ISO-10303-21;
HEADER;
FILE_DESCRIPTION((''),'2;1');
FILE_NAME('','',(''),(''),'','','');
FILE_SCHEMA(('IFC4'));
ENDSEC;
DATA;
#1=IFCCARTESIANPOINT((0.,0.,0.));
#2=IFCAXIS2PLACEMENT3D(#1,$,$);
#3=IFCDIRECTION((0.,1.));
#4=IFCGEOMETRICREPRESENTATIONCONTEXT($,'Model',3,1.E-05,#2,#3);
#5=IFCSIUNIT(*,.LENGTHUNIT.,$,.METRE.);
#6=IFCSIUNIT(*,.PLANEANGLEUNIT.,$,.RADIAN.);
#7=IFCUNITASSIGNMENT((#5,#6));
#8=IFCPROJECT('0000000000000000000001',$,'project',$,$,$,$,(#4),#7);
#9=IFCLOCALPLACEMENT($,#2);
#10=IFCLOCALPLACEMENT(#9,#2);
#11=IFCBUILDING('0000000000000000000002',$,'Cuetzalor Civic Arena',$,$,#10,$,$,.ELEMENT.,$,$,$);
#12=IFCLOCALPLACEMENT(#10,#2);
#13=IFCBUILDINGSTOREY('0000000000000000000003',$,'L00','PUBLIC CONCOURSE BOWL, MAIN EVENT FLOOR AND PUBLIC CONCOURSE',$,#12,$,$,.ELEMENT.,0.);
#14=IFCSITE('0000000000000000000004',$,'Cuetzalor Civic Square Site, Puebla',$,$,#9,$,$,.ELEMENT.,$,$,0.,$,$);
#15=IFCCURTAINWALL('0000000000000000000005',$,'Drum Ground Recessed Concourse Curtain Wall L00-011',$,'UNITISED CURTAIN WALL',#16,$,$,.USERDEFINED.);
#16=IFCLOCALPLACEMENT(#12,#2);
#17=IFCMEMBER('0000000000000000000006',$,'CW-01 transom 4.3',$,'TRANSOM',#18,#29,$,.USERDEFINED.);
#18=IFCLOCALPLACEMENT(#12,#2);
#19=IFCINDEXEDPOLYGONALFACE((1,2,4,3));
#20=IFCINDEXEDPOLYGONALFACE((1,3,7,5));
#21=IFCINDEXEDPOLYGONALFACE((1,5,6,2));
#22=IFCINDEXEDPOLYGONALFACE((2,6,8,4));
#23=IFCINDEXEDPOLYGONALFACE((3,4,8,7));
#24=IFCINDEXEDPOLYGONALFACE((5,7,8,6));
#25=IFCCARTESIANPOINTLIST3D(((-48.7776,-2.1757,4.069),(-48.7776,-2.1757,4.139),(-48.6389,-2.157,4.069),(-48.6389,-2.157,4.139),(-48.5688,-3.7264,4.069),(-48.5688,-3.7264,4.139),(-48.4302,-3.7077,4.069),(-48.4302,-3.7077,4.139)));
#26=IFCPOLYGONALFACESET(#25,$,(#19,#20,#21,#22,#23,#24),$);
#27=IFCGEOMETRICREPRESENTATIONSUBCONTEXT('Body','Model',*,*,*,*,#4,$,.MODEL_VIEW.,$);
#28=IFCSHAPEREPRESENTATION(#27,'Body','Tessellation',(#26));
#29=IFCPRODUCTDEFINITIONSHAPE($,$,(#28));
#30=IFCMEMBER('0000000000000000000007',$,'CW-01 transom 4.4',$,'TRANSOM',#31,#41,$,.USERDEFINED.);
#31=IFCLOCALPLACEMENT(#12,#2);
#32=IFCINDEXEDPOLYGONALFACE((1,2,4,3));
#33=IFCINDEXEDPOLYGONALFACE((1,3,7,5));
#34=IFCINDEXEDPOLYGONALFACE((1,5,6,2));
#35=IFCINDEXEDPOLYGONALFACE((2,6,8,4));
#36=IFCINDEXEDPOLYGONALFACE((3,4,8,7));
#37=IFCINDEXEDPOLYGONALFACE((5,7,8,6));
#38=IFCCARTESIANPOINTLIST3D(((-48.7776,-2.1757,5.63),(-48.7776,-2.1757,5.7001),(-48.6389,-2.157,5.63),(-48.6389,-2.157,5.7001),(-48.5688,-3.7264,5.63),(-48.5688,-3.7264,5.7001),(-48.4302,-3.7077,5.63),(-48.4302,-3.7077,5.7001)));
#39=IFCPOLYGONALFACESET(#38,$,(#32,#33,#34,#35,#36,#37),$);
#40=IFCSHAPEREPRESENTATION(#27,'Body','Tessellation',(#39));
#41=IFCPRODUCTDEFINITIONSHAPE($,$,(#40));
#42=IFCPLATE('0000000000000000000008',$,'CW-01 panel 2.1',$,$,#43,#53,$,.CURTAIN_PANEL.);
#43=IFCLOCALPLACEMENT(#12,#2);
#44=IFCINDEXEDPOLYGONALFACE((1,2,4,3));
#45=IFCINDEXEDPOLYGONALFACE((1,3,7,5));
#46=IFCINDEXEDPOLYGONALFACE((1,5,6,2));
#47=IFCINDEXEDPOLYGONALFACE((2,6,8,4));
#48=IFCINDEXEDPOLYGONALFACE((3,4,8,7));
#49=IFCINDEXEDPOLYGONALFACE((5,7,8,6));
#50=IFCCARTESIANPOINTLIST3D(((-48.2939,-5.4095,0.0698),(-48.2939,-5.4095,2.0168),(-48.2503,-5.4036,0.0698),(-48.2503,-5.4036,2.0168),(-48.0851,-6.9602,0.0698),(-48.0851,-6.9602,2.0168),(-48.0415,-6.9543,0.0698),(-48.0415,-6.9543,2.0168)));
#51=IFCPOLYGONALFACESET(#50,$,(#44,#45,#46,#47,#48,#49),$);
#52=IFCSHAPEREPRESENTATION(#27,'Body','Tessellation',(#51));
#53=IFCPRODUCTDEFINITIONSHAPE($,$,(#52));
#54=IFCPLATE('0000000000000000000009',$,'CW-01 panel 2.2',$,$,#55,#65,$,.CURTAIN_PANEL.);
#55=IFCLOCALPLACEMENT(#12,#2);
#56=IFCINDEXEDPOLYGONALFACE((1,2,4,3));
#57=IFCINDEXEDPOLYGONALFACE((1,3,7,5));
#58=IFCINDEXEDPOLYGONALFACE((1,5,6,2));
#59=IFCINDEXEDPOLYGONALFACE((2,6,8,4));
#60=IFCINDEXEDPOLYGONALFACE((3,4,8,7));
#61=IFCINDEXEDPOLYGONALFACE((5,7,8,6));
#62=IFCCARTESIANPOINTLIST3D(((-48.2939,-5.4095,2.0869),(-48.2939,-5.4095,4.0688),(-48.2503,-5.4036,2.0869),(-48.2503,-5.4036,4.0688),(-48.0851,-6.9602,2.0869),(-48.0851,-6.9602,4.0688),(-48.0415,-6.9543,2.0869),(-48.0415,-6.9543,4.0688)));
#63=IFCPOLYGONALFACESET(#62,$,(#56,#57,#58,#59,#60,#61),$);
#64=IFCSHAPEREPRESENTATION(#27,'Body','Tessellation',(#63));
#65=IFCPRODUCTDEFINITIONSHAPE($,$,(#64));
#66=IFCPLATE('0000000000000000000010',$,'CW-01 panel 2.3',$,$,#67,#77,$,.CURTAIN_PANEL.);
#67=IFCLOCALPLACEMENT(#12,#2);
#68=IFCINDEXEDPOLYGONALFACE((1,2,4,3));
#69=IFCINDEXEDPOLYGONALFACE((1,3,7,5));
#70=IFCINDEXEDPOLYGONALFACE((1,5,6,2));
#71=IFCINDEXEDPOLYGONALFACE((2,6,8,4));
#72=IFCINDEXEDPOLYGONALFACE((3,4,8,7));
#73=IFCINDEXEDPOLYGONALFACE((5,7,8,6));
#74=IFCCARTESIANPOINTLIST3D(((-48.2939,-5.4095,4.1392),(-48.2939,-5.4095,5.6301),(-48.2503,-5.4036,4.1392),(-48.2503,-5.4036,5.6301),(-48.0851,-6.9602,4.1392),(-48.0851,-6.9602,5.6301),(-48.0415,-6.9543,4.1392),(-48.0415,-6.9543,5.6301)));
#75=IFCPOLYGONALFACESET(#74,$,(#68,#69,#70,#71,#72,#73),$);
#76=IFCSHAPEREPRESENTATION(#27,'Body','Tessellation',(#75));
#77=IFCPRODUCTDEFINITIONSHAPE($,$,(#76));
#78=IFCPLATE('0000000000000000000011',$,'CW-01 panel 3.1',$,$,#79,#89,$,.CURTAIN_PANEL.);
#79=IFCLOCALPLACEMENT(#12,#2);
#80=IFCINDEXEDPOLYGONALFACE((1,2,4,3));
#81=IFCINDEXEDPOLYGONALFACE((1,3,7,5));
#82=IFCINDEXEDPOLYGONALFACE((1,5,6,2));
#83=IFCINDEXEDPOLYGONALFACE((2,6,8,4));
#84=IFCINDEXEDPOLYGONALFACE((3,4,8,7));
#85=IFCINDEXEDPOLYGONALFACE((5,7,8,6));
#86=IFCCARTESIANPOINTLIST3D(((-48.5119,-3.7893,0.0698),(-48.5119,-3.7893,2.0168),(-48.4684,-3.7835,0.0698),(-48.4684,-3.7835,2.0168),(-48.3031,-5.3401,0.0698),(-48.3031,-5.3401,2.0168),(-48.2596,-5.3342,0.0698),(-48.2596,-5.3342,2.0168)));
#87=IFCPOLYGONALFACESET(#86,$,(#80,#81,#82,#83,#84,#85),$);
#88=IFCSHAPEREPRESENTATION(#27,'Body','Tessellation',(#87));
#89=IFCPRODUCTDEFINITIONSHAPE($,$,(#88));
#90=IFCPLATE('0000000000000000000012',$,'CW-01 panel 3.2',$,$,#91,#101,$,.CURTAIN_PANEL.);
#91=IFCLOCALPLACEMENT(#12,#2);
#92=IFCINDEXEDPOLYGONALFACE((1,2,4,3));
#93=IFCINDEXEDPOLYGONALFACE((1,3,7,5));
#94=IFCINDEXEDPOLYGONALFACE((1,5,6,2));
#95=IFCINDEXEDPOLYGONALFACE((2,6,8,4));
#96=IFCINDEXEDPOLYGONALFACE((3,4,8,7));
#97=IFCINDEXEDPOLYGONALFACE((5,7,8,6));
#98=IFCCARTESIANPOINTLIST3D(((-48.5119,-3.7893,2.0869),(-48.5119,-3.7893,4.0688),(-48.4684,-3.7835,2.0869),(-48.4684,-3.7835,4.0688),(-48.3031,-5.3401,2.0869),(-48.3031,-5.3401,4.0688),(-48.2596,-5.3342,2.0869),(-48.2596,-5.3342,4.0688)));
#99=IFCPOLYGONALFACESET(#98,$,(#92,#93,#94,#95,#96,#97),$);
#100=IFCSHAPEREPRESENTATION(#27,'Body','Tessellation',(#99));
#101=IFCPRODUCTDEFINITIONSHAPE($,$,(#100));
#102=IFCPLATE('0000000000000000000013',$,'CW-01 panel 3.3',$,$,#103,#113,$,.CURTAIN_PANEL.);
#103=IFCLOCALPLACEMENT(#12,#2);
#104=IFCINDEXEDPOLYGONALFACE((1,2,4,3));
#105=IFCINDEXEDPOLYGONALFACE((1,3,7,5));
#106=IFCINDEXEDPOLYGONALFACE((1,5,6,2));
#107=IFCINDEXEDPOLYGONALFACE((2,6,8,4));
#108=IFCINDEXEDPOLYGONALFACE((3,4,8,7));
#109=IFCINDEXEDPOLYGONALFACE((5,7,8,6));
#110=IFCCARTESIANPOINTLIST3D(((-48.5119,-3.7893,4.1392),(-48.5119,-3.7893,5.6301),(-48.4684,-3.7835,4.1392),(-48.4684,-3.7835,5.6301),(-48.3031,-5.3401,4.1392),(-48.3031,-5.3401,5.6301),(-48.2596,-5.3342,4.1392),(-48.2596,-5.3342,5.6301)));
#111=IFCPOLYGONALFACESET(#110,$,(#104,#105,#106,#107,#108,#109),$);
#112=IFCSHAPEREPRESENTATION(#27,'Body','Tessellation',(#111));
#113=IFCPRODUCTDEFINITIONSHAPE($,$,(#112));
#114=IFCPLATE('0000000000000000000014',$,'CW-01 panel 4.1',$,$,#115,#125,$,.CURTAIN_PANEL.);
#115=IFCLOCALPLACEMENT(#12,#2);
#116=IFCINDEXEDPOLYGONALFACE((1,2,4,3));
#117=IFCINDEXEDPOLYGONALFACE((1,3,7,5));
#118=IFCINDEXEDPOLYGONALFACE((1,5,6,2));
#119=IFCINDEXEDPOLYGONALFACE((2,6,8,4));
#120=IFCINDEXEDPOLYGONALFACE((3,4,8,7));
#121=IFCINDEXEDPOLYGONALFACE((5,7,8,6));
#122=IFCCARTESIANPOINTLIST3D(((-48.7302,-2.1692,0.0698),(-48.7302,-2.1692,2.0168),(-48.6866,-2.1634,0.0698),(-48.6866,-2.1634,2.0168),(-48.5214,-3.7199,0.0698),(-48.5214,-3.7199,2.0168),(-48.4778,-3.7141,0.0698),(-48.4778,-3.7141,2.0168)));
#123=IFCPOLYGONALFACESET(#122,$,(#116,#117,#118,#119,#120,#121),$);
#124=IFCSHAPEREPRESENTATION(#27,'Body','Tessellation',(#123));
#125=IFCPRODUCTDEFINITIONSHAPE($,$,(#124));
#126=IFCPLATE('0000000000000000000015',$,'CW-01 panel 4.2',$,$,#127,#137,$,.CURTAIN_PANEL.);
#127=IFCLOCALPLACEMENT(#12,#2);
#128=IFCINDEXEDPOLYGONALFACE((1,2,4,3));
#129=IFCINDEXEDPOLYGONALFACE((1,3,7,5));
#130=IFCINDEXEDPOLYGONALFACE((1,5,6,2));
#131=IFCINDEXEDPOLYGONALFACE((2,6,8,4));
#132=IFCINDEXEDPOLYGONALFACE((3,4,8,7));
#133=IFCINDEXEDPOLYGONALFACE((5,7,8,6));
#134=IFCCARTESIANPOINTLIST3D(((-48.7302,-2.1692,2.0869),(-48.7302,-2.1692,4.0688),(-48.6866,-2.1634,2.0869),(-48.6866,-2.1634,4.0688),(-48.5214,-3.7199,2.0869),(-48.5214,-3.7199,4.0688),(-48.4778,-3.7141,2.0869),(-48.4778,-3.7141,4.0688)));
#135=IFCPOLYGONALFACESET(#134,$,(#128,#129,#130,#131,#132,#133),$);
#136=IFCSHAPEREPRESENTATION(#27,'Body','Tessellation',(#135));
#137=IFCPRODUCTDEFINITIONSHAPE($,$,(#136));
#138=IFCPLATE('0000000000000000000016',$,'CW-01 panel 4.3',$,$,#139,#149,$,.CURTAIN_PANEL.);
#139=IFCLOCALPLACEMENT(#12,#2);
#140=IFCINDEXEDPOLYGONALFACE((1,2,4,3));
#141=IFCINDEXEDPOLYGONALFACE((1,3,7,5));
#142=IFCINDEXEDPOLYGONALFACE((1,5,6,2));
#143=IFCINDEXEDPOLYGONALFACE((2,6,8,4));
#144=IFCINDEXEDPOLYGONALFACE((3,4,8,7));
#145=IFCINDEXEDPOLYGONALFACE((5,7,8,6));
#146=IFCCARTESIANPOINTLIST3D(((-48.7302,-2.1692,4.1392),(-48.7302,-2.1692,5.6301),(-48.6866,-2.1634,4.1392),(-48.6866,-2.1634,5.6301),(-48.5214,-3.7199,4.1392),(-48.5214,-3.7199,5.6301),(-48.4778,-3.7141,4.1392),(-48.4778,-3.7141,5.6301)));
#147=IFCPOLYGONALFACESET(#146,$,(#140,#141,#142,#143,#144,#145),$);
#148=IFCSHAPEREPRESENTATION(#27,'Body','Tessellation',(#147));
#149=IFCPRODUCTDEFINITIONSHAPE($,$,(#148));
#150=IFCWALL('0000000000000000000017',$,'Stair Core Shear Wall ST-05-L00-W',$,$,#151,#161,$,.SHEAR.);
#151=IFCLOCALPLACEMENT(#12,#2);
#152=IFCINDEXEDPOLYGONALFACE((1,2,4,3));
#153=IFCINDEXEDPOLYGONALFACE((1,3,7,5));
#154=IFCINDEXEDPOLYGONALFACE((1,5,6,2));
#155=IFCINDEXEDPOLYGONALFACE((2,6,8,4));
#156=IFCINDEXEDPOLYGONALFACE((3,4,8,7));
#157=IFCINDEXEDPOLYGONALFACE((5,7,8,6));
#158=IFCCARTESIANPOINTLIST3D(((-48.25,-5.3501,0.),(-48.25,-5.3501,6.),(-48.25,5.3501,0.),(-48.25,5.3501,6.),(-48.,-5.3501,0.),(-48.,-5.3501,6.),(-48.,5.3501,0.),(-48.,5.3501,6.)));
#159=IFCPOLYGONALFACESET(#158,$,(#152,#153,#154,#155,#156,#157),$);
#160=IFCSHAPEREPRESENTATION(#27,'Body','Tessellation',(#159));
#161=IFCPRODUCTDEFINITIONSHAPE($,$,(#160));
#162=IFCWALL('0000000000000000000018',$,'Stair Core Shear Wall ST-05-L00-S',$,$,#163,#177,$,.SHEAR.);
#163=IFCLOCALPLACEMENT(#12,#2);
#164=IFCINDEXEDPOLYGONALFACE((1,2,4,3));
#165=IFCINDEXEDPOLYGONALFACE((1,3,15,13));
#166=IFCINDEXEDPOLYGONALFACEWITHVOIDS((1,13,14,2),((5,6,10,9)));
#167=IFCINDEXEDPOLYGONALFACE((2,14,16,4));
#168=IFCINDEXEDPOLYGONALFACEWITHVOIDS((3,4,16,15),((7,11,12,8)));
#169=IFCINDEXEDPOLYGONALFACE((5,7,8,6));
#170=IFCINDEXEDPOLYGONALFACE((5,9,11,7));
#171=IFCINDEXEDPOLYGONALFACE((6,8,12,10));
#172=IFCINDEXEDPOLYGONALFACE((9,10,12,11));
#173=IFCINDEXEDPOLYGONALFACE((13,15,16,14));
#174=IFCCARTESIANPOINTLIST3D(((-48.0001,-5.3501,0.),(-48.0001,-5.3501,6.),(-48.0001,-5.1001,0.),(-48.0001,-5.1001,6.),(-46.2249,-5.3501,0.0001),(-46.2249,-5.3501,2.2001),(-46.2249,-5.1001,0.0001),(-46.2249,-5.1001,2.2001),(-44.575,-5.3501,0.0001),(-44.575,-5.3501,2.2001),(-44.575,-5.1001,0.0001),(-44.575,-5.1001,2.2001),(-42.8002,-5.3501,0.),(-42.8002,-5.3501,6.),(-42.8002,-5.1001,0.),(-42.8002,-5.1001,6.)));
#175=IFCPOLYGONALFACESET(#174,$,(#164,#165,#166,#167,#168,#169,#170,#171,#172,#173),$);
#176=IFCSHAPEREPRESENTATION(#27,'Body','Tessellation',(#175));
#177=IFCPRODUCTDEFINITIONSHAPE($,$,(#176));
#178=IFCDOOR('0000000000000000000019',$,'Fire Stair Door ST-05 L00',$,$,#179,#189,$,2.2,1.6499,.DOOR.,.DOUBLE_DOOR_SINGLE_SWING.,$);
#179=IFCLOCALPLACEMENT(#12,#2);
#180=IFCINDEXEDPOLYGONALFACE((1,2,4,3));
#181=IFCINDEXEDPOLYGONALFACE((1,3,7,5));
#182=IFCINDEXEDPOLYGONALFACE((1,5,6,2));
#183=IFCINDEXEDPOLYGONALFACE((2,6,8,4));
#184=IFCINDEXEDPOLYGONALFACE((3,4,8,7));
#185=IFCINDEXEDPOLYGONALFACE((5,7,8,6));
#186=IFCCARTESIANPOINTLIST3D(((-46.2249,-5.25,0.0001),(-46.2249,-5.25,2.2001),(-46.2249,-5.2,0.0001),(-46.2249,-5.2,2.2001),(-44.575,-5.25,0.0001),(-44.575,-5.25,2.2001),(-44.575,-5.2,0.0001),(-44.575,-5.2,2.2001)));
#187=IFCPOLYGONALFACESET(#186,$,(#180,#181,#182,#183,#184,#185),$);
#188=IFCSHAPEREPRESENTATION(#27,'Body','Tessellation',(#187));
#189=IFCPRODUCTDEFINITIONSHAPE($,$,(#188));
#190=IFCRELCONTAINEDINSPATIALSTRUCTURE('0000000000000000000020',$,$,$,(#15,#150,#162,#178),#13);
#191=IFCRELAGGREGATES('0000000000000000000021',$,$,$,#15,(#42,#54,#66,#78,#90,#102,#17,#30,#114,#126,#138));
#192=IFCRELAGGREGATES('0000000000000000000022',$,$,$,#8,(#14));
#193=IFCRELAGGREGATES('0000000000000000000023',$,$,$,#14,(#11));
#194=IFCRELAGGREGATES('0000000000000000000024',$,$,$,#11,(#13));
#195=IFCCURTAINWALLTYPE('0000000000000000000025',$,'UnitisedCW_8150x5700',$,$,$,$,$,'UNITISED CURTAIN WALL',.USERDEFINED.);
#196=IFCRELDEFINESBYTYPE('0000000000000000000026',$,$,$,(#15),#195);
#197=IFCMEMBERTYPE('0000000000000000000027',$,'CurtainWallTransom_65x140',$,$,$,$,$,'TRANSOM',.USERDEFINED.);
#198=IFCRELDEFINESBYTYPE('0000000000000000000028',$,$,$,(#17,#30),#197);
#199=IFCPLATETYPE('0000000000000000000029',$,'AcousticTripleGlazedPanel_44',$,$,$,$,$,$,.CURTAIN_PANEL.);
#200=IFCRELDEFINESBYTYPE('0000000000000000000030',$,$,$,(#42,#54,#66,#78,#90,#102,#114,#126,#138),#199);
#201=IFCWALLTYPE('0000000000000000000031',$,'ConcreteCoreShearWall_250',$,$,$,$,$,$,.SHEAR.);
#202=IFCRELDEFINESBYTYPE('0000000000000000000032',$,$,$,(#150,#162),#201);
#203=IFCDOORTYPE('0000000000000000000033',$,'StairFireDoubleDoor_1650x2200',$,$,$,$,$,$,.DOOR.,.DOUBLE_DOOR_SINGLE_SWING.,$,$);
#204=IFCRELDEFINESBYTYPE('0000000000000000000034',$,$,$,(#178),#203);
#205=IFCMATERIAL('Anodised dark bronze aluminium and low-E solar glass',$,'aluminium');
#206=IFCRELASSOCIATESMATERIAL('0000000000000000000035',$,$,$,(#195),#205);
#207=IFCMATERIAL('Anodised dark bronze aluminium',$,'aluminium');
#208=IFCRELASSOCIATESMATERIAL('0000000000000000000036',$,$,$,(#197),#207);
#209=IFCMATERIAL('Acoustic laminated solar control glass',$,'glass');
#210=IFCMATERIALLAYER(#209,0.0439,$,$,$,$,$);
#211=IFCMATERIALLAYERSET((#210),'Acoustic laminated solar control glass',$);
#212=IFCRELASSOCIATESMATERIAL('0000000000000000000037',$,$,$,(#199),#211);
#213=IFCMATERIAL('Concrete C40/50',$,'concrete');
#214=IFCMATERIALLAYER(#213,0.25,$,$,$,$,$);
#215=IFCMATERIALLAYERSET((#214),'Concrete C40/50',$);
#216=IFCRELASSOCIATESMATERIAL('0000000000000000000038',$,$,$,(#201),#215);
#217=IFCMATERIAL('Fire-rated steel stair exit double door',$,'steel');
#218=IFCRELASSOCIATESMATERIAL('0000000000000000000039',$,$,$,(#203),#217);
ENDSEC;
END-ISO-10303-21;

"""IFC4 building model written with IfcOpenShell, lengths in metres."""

from ifc_helpers import new_model, si_unit, direction, frame, frame_2d, origin, origin_2d, place, context, subcontext, project, spatial, rectangle, extrude, material, layer, layer_set, material_profile, profile_set, type_object, element, fill, aggregate, save


model = new_model("IFC4")

# Units and contexts
model_context = context("Model", 3, precision=1e-05, world=origin(), true_north=direction((0.0, 1.0)))
body_context = subcontext(model_context, "Body", "Model", "MODEL_VIEW")
ifc_project = project(units=[si_unit("LENGTHUNIT", "METRE"), si_unit("PLANEANGLEUNIT", "RADIAN")], contexts=[model_context])

# Site, building, storey
site_placement = place(None, origin())
site = spatial("IfcSite", under=ifc_project, at=site_placement, Name="Cuetzalor Civic Square Site, Puebla", CompositionType="ELEMENT", RefElevation=0.0)
building_placement = place(site_placement, origin())
building = spatial("IfcBuilding", under=site, at=building_placement, Name="Cuetzalor Civic Arena", CompositionType="ELEMENT")
storey_placement = place(building_placement, origin())
storey = spatial("IfcBuildingStorey", under=building, at=storey_placement, Name="L00", Description="PUBLIC CONCOURSE BOWL, MAIN EVENT FLOOR AND PUBLIC CONCOURSE", CompositionType="ELEMENT", Elevation=0.0)

# Curtain wall, members, plates
ifc_material_1 = material(Name="Anodised dark bronze aluminium and low-E solar glass", Category="aluminium")
curtain_wall_type = type_object("IfcCurtainWallType", Name="UnitisedCW_8150x5700", ElementType="UNITISED CURTAIN WALL", PredefinedType="USERDEFINED", material=ifc_material_1)
curtain_wall_placement = place(storey_placement, origin())
curtain_wall = element("IfcCurtainWall", 1, at=curtain_wall_placement, inside=storey, type_object=curtain_wall_type, Name="Drum Ground Recessed Concourse Curtain Wall L00-011", ObjectType="UNITISED CURTAIN WALL", PredefinedType="USERDEFINED")
ifc_material_2 = material(Name="Anodised dark bronze aluminium", Category="aluminium")
ifc_material_profile_1 = material_profile(ifc_material_2, rectangle(XDim=0.1399, YDim=0.0701, at=origin_2d()), Name="ALU TRANSOM 70x140")
ifc_profile_set_1 = profile_set([ifc_material_profile_1], Name="Anodised dark bronze aluminium")
member_type_1 = type_object("IfcMemberType", Name="CurtainWallTransom_65x140", ElementType="TRANSOM", PredefinedType="USERDEFINED", material=ifc_profile_set_1)
member_1_placement = place(storey_placement, frame((-48.4995, -3.717, 4.104), z_axis=(-0.1334, 0.991062, 0.0), x_axis=(-0.991062, -0.1334, 0.0)))
member_1 = element("IfcMember", 2, at=member_1_placement, type_object=member_type_1, Name="CW-01 transom 4.3", ObjectType="TRANSOM", PredefinedType="USERDEFINED", context=body_context, shape_type="SweptSolid", body=[
    extrude(rectangle(XDim=0.1399, YDim=0.0701, at=origin_2d()), origin(), (0.0, 0.0, 1.0), 1.5647),
])
member_2_placement = place(storey_placement, frame((-48.4995, -3.717, 5.665), z_axis=(-0.1334, 0.991062, 0.0), x_axis=(-0.991062, -0.1334, 0.0)))
member_2 = element("IfcMember", 3, at=member_2_placement, type_object=member_type_1, Name="CW-01 transom 4.4", ObjectType="TRANSOM", PredefinedType="USERDEFINED", context=body_context, shape_type="SweptSolid", body=[
    extrude(rectangle(XDim=0.1399, YDim=0.0701, at=origin_2d()), origin(), (0.0, 0.0, 1.0), 1.5647),
])
ifc_material_3 = material(Name="Acoustic laminated solar control glass", Category="glass")
ifc_layer_1 = layer(ifc_material_3, 0.0439)
ifc_layer_set_1 = layer_set([ifc_layer_1], Name="Acoustic laminated solar control glass")
plate_type = type_object("IfcPlateType", Name="AcousticTripleGlazedPanel_44", PredefinedType="CURTAIN_PANEL", material=ifc_layer_set_1)
plate_1_placement = place(storey_placement, frame((-48.1677, -6.1819, 0.0698), z_axis=(0.0, 0.0, 1.0), x_axis=(-0.133443, 0.991056, 0.0)))
plate_1 = element("IfcPlate", 4, at=plate_1_placement, type_object=plate_type, Name="CW-01 panel 2.1", PredefinedType="CURTAIN_PANEL", context=body_context, shape_type="SweptSolid", body=[
    extrude(rectangle(XDim=1.5647, YDim=0.0439, at=origin_2d()), origin(), (0.0, 0.0, 1.0), 1.947),
])
plate_2_placement = place(storey_placement, frame((-48.1677, -6.1819, 2.0869), z_axis=(0.0, 0.0, 1.0), x_axis=(-0.133443, 0.991056, 0.0)))
plate_2 = element("IfcPlate", 5, at=plate_2_placement, type_object=plate_type, Name="CW-01 panel 2.2", PredefinedType="CURTAIN_PANEL", context=body_context, shape_type="SweptSolid", body=[
    extrude(rectangle(XDim=1.5647, YDim=0.0439, at=origin_2d()), origin(), (0.0, 0.0, 1.0), 1.9819),
])
plate_3_placement = place(storey_placement, frame((-48.1677, -6.1819, 4.1392), z_axis=(0.0, 0.0, 1.0), x_axis=(-0.133443, 0.991056, 0.0)))
plate_3 = element("IfcPlate", 6, at=plate_3_placement, type_object=plate_type, Name="CW-01 panel 2.3", PredefinedType="CURTAIN_PANEL", context=body_context, shape_type="SweptSolid", body=[
    extrude(rectangle(XDim=1.5647, YDim=0.0439, at=origin_2d()), origin(), (0.0, 0.0, 1.0), 1.491),
])
plate_4_placement = place(storey_placement, frame((-48.3857, -4.5618, 0.0698), z_axis=(0.0, 0.0, 1.0), x_axis=(-0.133443, 0.991056, 0.0)))
plate_4 = element("IfcPlate", 7, at=plate_4_placement, type_object=plate_type, Name="CW-01 panel 3.1", PredefinedType="CURTAIN_PANEL", context=body_context, shape_type="SweptSolid", body=[
    extrude(rectangle(XDim=1.5647, YDim=0.0439, at=origin_2d()), origin(), (0.0, 0.0, 1.0), 1.947),
])
plate_5_placement = place(storey_placement, frame((-48.3857, -4.5618, 2.0869), z_axis=(0.0, 0.0, 1.0), x_axis=(-0.133443, 0.991056, 0.0)))
plate_5 = element("IfcPlate", 8, at=plate_5_placement, type_object=plate_type, Name="CW-01 panel 3.2", PredefinedType="CURTAIN_PANEL", context=body_context, shape_type="SweptSolid", body=[
    extrude(rectangle(XDim=1.5647, YDim=0.0439, at=origin_2d()), origin(), (0.0, 0.0, 1.0), 1.9819),
])
plate_6_placement = place(storey_placement, frame((-48.3857, -4.5618, 4.1392), z_axis=(0.0, 0.0, 1.0), x_axis=(-0.133443, 0.991056, 0.0)))
plate_6 = element("IfcPlate", 9, at=plate_6_placement, type_object=plate_type, Name="CW-01 panel 3.3", PredefinedType="CURTAIN_PANEL", context=body_context, shape_type="SweptSolid", body=[
    extrude(rectangle(XDim=1.5647, YDim=0.0439, at=origin_2d()), origin(), (0.0, 0.0, 1.0), 1.491),
])
plate_7_placement = place(storey_placement, frame((-48.604, -2.9417, 0.0698), z_axis=(0.0, 0.0, 1.0), x_axis=(-0.133443, 0.991056, 0.0)))
plate_7 = element("IfcPlate", 10, at=plate_7_placement, type_object=plate_type, Name="CW-01 panel 4.1", PredefinedType="CURTAIN_PANEL", context=body_context, shape_type="SweptSolid", body=[
    extrude(rectangle(XDim=1.5647, YDim=0.0439, at=origin_2d()), origin(), (0.0, 0.0, 1.0), 1.947),
])
plate_8_placement = place(storey_placement, frame((-48.604, -2.9417, 2.0869), z_axis=(0.0, 0.0, 1.0), x_axis=(-0.133443, 0.991056, 0.0)))
plate_8 = element("IfcPlate", 11, at=plate_8_placement, type_object=plate_type, Name="CW-01 panel 4.2", PredefinedType="CURTAIN_PANEL", context=body_context, shape_type="SweptSolid", body=[
    extrude(rectangle(XDim=1.5647, YDim=0.0439, at=origin_2d()), origin(), (0.0, 0.0, 1.0), 1.9819),
])
plate_9_placement = place(storey_placement, frame((-48.604, -2.9417, 4.1392), z_axis=(0.0, 0.0, 1.0), x_axis=(-0.133443, 0.991056, 0.0)))
plate_9 = element("IfcPlate", 12, at=plate_9_placement, type_object=plate_type, Name="CW-01 panel 4.3", PredefinedType="CURTAIN_PANEL", context=body_context, shape_type="SweptSolid", body=[
    extrude(rectangle(XDim=1.5647, YDim=0.0439, at=origin_2d()), origin(), (0.0, 0.0, 1.0), 1.491),
])
aggregate(curtain_wall, [plate_1, plate_2, plate_3, plate_4, plate_5, plate_6, member_1, member_2, plate_7, plate_8, plate_9])

# Wall
ifc_material_4 = material(Name="Concrete C40/50", Category="concrete")
ifc_layer_2 = layer(ifc_material_4, 0.25)
ifc_layer_set_2 = layer_set([ifc_layer_2], Name="Concrete C40/50")
wall_type = type_object("IfcWallType", Name="ConcreteCoreShearWall_250", PredefinedType="SHEAR", material=ifc_layer_set_2)
wall_1_placement = place(storey_placement, frame((-48.125, -5.3501, 0.0), z_axis=(0.0, 0.0, 1.0), x_axis=(0.0, 1.0, 0.0)))
element("IfcWall", 13, at=wall_1_placement, inside=storey, type_object=wall_type, Name="Stair Core Shear Wall ST-05-L00-W", PredefinedType="SHEAR", context=body_context, shape_type="SweptSolid", body=[
    extrude(rectangle(XDim=10.7002, YDim=0.25, at=frame_2d((5.3501, 0.0))), origin(), (0.0, 0.0, 1.0), 6.0),
])

# Wall, opening, door
wall_2_placement = place(storey_placement, frame((-42.8, -5.2251, 0.0), z_axis=(0.0, 0.0, 1.0), x_axis=(-1.0, 0.0, 0.0)))
wall_2 = element("IfcWall", 14, at=wall_2_placement, inside=storey, type_object=wall_type, Name="Stair Core Shear Wall ST-05-L00-S", PredefinedType="SHEAR", context=body_context, shape_type="SweptSolid", body=[
    extrude(rectangle(XDim=5.2, YDim=0.25, at=frame_2d((2.6001, 0.0))), origin(), (0.0, 0.0, 1.0), 6.0),
])
opening_placement = place(wall_2_placement, frame((1.7749, 0.0, 0.0)))
opening = element("IfcOpeningElement", 15, at=opening_placement, cuts=wall_2, PredefinedType="OPENING", context=body_context, shape_type="SweptSolid", body=[
    extrude(rectangle(XDim=1.6499, YDim=2.2, at=frame_2d((0.825, 1.1001))), frame((0.0, 0.135, 0.0), z_axis=(0.0, -1.0, 0.0), x_axis=(1.0, 0.0, 0.0)), (0.0, 0.0, 1.0), 0.27),
])
ifc_material_5 = material(Name="Fire-rated steel stair exit double door", Category="steel")
door_type = type_object("IfcDoorType", Name="StairFireDoubleDoor_1650x2200", OperationType="DOUBLE_DOOR_SINGLE_SWING", PredefinedType="DOOR", material=ifc_material_5)
door_placement = place(opening_placement, origin())
door = element("IfcDoor", 16, at=door_placement, inside=storey, type_object=door_type, Name="Fire Stair Door ST-05 L00", OperationType="DOUBLE_DOOR_SINGLE_SWING", OverallHeight=2.2, OverallWidth=1.6499, PredefinedType="DOOR", context=body_context, shape_type="SweptSolid", body=[
    extrude(rectangle(XDim=1.6499, YDim=2.2, at=frame_2d((0.825, 1.1001))), frame((0.0, 0.0249, 0.0), z_axis=(0.0, -1.0, 0.0), x_axis=(1.0, 0.0, 0.0)), (0.0, 0.0, 1.0), 0.05),
])
fill(opening, door)

save(model, "model.ifc")
